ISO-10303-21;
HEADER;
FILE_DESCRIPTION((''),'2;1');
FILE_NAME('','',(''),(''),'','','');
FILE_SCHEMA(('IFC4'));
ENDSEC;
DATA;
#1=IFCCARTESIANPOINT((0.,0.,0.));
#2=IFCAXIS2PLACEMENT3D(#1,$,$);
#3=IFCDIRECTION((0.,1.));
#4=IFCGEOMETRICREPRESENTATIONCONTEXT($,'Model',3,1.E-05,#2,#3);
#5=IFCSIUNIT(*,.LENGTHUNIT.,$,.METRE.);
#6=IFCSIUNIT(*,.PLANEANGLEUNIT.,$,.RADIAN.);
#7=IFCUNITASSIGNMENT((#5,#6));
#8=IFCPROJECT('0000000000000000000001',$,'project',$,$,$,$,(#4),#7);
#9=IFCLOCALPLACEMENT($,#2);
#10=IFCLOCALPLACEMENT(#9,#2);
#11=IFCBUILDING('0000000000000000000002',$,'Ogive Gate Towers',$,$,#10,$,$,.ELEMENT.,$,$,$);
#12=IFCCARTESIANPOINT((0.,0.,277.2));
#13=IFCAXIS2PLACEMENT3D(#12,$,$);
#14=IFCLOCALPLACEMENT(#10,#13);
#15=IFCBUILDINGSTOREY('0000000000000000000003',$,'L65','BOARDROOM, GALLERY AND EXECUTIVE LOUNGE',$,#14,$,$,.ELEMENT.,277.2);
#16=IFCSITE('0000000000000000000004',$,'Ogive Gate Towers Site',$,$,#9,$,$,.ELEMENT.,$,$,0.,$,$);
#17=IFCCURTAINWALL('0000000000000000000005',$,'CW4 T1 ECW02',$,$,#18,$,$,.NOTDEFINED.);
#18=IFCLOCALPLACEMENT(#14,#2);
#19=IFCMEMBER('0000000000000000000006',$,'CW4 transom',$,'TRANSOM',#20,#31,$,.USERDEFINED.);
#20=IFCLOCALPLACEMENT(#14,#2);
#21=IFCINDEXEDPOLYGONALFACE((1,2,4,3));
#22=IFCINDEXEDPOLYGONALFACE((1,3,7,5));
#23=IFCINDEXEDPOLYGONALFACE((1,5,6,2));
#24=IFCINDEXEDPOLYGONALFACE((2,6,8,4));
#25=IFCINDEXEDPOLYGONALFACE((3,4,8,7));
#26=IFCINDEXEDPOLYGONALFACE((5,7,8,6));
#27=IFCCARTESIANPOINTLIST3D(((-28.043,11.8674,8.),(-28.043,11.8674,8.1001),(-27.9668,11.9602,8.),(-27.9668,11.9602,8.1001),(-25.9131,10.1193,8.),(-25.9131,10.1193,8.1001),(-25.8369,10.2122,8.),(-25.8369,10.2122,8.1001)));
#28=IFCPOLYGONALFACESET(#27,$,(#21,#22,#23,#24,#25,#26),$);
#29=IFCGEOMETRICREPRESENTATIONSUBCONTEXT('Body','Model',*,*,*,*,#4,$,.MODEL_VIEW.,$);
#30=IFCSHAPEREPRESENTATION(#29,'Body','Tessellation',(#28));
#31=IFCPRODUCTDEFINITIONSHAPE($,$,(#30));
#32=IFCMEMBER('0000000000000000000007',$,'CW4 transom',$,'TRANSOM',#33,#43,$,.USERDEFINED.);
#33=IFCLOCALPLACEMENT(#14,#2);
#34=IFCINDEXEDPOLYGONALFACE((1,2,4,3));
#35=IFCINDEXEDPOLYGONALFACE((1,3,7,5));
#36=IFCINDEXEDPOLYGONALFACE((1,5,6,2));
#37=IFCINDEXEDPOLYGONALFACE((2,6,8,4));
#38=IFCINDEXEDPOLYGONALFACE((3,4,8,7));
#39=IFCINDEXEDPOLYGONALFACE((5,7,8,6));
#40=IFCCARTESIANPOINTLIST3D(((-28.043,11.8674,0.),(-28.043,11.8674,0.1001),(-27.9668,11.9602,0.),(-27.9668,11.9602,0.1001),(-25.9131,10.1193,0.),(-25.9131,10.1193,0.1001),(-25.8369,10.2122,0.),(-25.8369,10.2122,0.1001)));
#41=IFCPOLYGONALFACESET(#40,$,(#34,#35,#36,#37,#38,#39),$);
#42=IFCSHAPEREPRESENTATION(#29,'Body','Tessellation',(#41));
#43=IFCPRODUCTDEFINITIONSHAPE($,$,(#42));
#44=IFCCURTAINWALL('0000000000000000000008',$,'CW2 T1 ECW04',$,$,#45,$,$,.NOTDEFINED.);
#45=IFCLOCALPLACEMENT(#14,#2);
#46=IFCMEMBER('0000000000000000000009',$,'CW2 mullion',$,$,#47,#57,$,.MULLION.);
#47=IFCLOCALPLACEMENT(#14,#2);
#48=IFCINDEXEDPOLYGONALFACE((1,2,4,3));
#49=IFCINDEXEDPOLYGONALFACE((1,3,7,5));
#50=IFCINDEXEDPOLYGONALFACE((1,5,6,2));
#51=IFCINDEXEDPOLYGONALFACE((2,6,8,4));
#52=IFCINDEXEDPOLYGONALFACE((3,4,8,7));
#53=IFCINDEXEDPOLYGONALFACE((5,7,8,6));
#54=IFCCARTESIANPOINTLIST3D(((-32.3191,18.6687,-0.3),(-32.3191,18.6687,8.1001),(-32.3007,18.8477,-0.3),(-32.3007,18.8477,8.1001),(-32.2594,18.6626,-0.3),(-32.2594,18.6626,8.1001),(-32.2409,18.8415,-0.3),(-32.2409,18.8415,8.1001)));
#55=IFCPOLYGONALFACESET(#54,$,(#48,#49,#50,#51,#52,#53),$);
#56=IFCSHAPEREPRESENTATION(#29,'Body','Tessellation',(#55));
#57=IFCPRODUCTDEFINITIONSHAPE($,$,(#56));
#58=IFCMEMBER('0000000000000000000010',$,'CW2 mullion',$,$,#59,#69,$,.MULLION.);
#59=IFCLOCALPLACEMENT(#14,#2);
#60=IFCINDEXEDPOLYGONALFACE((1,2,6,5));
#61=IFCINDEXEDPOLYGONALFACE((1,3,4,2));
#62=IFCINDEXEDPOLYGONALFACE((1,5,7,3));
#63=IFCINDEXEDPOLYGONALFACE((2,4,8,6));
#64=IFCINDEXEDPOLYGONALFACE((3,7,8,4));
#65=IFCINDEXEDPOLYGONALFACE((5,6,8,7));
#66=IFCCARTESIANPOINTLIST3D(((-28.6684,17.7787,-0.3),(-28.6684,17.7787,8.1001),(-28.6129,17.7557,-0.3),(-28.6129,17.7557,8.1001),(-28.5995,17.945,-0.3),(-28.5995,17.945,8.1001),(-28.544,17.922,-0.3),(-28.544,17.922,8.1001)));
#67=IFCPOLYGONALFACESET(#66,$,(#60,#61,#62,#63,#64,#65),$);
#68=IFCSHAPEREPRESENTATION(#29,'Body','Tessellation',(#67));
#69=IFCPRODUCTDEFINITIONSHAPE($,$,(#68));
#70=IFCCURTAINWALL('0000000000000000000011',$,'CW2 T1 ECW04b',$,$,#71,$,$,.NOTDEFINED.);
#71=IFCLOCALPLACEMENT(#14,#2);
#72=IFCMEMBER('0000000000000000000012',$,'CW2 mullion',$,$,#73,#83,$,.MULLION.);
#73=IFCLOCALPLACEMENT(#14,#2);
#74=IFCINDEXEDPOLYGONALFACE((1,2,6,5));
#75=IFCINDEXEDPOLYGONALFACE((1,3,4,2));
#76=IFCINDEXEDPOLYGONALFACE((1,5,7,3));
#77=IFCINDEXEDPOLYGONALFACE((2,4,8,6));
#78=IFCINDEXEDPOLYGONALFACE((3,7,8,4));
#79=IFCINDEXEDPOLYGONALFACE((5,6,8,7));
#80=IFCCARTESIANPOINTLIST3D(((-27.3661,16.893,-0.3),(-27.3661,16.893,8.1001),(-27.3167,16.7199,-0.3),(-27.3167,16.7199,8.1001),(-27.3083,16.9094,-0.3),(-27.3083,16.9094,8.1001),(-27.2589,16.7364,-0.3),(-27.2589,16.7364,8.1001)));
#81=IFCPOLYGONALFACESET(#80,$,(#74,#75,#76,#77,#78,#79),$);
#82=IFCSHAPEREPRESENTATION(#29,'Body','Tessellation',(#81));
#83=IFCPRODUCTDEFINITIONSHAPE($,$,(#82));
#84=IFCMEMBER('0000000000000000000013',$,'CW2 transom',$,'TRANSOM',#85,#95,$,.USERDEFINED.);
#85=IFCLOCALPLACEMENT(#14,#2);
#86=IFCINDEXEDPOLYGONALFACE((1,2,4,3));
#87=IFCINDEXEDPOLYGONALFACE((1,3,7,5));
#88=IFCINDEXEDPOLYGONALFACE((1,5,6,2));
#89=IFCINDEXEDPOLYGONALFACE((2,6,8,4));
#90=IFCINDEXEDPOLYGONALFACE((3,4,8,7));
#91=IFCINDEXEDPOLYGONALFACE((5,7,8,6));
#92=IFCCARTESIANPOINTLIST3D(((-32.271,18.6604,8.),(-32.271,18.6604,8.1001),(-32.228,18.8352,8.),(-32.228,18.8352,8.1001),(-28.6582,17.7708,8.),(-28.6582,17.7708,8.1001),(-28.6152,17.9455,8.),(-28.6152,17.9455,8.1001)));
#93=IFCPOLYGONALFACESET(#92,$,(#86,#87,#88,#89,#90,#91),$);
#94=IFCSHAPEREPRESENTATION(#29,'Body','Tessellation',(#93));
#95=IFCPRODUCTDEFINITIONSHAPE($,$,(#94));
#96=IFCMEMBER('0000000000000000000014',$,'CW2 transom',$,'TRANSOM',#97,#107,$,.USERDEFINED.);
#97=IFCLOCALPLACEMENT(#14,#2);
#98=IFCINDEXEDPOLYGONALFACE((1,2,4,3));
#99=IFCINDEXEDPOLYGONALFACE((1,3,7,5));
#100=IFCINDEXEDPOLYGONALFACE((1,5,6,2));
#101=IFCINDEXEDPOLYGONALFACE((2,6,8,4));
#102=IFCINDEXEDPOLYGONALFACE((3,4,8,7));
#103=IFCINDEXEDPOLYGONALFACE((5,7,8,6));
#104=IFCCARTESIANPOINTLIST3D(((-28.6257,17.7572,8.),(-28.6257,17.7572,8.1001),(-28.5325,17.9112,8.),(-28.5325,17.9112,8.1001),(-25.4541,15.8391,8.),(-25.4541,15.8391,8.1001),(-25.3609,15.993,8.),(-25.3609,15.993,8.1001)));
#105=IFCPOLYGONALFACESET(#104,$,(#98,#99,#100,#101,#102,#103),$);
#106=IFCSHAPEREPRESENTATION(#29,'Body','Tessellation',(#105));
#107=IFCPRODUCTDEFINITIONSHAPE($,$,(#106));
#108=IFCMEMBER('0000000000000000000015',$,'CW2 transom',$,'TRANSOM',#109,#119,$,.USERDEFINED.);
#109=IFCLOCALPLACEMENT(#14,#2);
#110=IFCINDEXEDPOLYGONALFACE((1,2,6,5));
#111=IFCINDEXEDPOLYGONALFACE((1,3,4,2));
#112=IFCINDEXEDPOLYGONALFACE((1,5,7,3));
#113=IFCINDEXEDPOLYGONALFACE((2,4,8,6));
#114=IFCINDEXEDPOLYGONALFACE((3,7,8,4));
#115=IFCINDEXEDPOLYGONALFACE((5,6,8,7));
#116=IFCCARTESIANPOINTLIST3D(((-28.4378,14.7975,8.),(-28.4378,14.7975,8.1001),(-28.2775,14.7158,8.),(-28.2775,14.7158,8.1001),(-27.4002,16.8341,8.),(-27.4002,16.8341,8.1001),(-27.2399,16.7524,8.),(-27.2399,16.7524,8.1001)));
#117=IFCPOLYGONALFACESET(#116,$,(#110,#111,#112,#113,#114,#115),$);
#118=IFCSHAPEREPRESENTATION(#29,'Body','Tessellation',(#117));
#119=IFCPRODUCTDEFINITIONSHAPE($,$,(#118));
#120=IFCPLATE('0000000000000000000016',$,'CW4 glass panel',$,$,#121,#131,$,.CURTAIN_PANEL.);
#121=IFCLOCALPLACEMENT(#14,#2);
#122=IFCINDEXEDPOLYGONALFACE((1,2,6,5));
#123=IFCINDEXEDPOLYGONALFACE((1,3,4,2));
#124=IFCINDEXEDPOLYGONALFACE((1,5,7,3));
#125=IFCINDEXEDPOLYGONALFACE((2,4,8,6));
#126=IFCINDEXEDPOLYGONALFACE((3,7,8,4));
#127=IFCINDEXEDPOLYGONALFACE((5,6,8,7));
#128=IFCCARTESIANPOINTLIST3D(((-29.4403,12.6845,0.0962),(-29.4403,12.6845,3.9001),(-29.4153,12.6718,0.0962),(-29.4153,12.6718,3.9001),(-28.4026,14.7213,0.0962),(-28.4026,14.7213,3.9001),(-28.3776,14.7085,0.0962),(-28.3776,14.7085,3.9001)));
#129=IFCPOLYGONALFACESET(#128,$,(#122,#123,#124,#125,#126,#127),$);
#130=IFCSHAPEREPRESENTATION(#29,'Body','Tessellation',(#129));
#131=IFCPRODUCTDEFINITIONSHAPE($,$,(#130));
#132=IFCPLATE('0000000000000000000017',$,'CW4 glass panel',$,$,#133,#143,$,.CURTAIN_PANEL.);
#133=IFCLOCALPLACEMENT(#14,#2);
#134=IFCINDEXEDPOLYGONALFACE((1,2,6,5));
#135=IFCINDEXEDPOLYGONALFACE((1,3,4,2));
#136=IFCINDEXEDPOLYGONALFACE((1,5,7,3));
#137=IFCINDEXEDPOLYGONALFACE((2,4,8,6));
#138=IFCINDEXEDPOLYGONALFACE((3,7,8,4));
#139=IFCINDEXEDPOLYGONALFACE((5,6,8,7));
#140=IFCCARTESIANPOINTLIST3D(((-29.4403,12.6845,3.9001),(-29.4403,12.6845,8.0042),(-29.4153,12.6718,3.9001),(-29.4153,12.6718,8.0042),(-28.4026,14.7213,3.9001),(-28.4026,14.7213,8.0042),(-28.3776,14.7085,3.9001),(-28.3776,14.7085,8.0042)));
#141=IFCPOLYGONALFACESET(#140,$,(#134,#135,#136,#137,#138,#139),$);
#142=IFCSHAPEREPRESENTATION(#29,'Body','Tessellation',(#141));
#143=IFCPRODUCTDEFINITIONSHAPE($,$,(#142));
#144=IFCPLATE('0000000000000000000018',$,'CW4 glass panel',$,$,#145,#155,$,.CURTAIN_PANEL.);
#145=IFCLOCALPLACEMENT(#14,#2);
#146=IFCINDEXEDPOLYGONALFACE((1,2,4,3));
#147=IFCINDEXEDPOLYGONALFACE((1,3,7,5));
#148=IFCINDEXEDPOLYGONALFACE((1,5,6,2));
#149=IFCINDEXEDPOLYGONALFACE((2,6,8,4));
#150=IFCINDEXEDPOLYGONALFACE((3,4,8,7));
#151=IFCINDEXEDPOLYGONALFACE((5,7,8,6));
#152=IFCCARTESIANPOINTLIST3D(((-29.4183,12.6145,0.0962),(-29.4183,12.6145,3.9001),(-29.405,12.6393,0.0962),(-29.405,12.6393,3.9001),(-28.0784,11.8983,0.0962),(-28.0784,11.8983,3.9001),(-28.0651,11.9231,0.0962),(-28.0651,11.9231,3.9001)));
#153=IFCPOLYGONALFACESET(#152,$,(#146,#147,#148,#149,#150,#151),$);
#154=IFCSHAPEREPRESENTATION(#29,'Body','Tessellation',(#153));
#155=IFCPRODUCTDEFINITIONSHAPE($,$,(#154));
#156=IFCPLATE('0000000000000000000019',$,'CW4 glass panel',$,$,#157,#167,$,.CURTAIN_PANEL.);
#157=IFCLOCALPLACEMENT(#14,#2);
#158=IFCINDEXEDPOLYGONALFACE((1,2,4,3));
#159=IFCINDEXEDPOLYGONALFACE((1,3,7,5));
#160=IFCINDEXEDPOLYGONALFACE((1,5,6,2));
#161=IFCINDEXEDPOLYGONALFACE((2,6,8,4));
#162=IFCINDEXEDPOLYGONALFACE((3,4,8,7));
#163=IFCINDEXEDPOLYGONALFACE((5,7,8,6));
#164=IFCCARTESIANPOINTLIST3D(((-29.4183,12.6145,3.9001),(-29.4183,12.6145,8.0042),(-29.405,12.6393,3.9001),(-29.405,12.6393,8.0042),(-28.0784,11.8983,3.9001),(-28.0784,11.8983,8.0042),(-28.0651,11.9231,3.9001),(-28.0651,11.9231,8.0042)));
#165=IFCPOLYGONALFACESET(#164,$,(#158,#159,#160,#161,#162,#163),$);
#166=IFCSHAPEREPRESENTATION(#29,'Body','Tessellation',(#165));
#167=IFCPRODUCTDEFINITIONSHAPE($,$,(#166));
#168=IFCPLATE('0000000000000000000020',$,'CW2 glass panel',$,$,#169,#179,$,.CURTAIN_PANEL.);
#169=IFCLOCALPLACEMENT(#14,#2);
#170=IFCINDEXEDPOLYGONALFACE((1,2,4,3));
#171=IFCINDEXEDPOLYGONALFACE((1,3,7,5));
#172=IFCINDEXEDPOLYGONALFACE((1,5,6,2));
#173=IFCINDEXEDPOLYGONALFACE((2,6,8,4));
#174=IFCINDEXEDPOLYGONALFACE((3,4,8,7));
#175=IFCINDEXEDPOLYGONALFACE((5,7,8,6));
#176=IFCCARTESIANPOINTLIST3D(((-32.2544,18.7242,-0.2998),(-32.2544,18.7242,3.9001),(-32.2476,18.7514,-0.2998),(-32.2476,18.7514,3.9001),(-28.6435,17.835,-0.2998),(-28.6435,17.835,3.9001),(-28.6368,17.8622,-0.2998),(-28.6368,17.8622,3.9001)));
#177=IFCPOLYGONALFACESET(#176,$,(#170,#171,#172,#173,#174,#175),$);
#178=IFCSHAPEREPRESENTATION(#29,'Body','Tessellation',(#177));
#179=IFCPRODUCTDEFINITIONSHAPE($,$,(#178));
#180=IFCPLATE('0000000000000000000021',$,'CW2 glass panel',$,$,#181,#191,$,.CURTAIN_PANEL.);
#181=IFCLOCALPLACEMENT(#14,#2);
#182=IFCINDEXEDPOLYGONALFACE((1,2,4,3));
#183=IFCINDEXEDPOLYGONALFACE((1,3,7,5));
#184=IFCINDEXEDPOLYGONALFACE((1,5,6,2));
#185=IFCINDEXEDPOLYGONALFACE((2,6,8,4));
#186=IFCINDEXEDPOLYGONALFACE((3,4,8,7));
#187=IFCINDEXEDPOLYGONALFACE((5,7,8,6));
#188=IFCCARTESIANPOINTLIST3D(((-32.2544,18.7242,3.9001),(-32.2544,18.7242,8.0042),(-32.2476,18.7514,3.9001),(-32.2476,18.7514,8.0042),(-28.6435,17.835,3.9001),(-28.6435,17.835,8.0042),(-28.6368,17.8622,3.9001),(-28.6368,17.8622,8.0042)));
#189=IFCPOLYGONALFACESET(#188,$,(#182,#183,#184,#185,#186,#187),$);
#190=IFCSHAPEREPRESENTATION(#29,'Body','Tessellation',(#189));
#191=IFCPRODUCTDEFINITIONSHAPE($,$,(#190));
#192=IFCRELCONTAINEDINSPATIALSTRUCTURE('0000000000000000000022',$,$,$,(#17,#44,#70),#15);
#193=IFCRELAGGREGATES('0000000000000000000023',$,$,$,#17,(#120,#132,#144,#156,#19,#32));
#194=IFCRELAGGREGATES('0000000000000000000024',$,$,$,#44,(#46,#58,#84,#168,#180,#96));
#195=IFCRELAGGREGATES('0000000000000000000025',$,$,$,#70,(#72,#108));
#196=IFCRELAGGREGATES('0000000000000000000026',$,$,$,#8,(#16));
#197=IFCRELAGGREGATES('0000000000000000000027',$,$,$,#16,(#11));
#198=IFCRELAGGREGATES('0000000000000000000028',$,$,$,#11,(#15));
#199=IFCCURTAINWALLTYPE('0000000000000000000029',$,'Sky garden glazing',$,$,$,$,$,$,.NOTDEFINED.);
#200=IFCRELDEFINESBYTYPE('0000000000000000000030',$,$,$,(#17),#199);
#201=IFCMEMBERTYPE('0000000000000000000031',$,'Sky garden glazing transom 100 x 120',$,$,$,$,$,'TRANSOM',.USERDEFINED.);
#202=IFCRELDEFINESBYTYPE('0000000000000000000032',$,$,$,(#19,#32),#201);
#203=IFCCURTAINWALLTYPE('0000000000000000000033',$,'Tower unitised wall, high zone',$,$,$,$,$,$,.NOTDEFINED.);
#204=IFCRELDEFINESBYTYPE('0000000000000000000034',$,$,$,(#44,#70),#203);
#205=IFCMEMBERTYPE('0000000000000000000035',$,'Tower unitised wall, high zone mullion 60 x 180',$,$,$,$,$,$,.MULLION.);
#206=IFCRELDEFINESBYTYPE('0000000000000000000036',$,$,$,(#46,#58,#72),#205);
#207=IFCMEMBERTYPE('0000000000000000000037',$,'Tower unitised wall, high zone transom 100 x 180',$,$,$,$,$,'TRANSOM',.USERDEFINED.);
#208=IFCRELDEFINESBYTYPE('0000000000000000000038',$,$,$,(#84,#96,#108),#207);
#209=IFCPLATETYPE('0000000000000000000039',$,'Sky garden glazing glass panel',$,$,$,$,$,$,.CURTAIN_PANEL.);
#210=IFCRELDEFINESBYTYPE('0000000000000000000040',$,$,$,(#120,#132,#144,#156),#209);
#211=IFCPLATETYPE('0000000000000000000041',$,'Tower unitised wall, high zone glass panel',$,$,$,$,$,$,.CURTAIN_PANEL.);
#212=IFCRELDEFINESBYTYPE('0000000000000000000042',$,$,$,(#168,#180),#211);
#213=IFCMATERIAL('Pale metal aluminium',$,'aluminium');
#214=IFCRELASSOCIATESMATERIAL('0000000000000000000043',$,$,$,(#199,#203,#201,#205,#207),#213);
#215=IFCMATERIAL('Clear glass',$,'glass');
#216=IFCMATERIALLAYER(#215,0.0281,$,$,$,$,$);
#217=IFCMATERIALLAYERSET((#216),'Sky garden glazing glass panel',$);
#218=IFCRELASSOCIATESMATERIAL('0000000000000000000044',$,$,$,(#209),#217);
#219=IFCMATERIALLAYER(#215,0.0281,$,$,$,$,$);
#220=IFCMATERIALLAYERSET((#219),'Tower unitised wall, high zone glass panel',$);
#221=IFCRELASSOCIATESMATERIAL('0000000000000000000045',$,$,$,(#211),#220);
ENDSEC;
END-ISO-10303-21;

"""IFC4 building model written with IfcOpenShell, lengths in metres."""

from ifc_helpers import new_model, si_unit, direction, frame, origin, origin_2d, place, context, subcontext, project, spatial, rectangle, extrude, material, layer, layer_set, material_profile, profile_set, type_object, element, aggregate, save


model = new_model("IFC4")

# Units and contexts
model_context = context("Model", 3, precision=1e-05, world=origin(), true_north=direction((0.0, 1.0)))
body_context = subcontext(model_context, "Body", "Model", "MODEL_VIEW")
ifc_project = project(units=[si_unit("LENGTHUNIT", "METRE"), si_unit("PLANEANGLEUNIT", "RADIAN")], contexts=[model_context])

# Site, building, storey
site_placement = place(None, origin())
site = spatial("IfcSite", under=ifc_project, at=site_placement, Name="Ogive Gate Towers Site", CompositionType="ELEMENT", RefElevation=0.0)
building_placement = place(site_placement, origin())
building = spatial("IfcBuilding", under=site, at=building_placement, Name="Ogive Gate Towers", CompositionType="ELEMENT")
storey_placement = place(building_placement, frame((0.0, 0.0, 277.2)))
storey = spatial("IfcBuildingStorey", under=building, at=storey_placement, Name="L65", Description="BOARDROOM, GALLERY AND EXECUTIVE LOUNGE", CompositionType="ELEMENT", Elevation=277.2)

# Curtain walls, members
ifc_material_1 = material(Name="Pale metal aluminium", Category="aluminium")
curtain_wall_type_1 = type_object("IfcCurtainWallType", Name="Sky garden glazing", PredefinedType="NOTDEFINED", material=ifc_material_1)
curtain_wall_1_placement = place(storey_placement, origin())
curtain_wall_1 = element("IfcCurtainWall", 1, at=curtain_wall_1_placement, inside=storey, type_object=curtain_wall_type_1, Name="CW4 T1 ECW02", PredefinedType="NOTDEFINED")
ifc_material_profile_1 = material_profile(ifc_material_1, rectangle(XDim=0.1201, YDim=0.1001, at=origin_2d()), Name="100 x 120 aluminium box")
ifc_profile_set_1 = profile_set([ifc_material_profile_1], Name="Pale metal aluminium")
member_type_1 = type_object("IfcMemberType", Name="Sky garden glazing transom 100 x 120", ElementType="TRANSOM", PredefinedType="USERDEFINED", material=ifc_profile_set_1)
member_1_placement = place(storey_placement, frame((-28.0049, 11.9138, 8.05), z_axis=(0.772993, -0.634414, 0.0), x_axis=(0.634414, 0.772993, 0.0)))
member_1 = element("IfcMember", 2, at=member_1_placement, type_object=member_type_1, Name="CW4 transom", ObjectType="TRANSOM", PredefinedType="USERDEFINED", context=body_context, shape_type="SweptSolid", body=[
    extrude(rectangle(XDim=0.1201, YDim=0.1001, at=origin_2d()), origin(), (0.0, 0.0, 1.0), 2.7554),
])
member_2_placement = place(storey_placement, frame((-28.0049, 11.9138, 0.05), z_axis=(0.772993, -0.634414, 0.0), x_axis=(0.634414, 0.772993, 0.0)))
member_2 = element("IfcMember", 3, at=member_2_placement, type_object=member_type_1, Name="CW4 transom", ObjectType="TRANSOM", PredefinedType="USERDEFINED", context=body_context, shape_type="SweptSolid", body=[
    extrude(rectangle(XDim=0.1201, YDim=0.1001, at=origin_2d()), origin(), (0.0, 0.0, 1.0), 2.7554),
])
curtain_wall_type_2 = type_object("IfcCurtainWallType", Name="Tower unitised wall, high zone", PredefinedType="NOTDEFINED", material=ifc_material_1)
curtain_wall_2_placement = place(storey_placement, origin())
curtain_wall_2 = element("IfcCurtainWall", 4, at=curtain_wall_2_placement, inside=storey, type_object=curtain_wall_type_2, Name="CW2 T1 ECW04", PredefinedType="NOTDEFINED")
ifc_material_profile_2 = material_profile(ifc_material_1, rectangle(XDim=0.1799, YDim=0.0601, at=origin_2d()), Name="60 x 180 aluminium box")
ifc_profile_set_2 = profile_set([ifc_material_profile_2], Name="Pale metal aluminium")
member_type_2 = type_object("IfcMemberType", Name="Tower unitised wall, high zone mullion 60 x 180", PredefinedType="MULLION", material=ifc_profile_set_2)
member_3_placement = place(storey_placement, frame((-32.28, 18.7551, -0.3), z_axis=(0.0, 0.0, 1.0), x_axis=(-0.102393, -0.994744, 0.0)))
member_3 = element("IfcMember", 5, at=member_3_placement, type_object=member_type_2, Name="CW2 mullion", PredefinedType="MULLION", context=body_context, shape_type="SweptSolid", body=[
    extrude(rectangle(XDim=0.1799, YDim=0.0601, at=origin_2d()), origin(), (0.0, 0.0, 1.0), 8.4001),
])
member_4_placement = place(storey_placement, frame((-28.6062, 17.8503, -0.3), z_axis=(0.0, 0.0, 1.0), x_axis=(-0.382683, -0.92388, 0.0)))
member_4 = element("IfcMember", 6, at=member_4_placement, type_object=member_type_2, Name="CW2 mullion", PredefinedType="MULLION", context=body_context, shape_type="SweptSolid", body=[
    extrude(rectangle(XDim=0.1799, YDim=0.0601, at=origin_2d()), origin(), (0.0, 0.0, 1.0), 8.4001),
])

# Curtain wall, member
curtain_wall_3_placement = place(storey_placement, origin())
curtain_wall_3 = element("IfcCurtainWall", 7, at=curtain_wall_3_placement, inside=storey, type_object=curtain_wall_type_2, Name="CW2 T1 ECW04b", PredefinedType="NOTDEFINED")
member_5_placement = place(storey_placement, frame((-27.3125, 16.8147, -0.3), z_axis=(0.0, 0.0, 1.0), x_axis=(-0.274245, 0.96166, 0.0)))
member_5 = element("IfcMember", 8, at=member_5_placement, type_object=member_type_2, Name="CW2 mullion", PredefinedType="MULLION", context=body_context, shape_type="SweptSolid", body=[
    extrude(rectangle(XDim=0.1799, YDim=0.0601, at=origin_2d()), origin(), (0.0, 0.0, 1.0), 8.4001),
])

# Members
ifc_material_profile_3 = material_profile(ifc_material_1, rectangle(XDim=0.1799, YDim=0.1001, at=origin_2d()), Name="100 x 180 aluminium box")
ifc_profile_set_3 = profile_set([ifc_material_profile_3], Name="Pale metal aluminium")
member_type_3 = type_object("IfcMemberType", Name="Tower unitised wall, high zone transom 100 x 180", ElementType="TRANSOM", PredefinedType="USERDEFINED", material=ifc_profile_set_3)
member_6_placement = place(storey_placement, frame((-32.2495, 18.7478, 8.05), z_axis=(0.970993, -0.239107, 0.0), x_axis=(0.239107, 0.970993, 0.0)))
member_6 = element("IfcMember", 9, at=member_6_placement, type_object=member_type_3, Name="CW2 transom", ObjectType="TRANSOM", PredefinedType="USERDEFINED", context=body_context, shape_type="SweptSolid", body=[
    extrude(rectangle(XDim=0.1799, YDim=0.1001, at=origin_2d()), origin(), (0.0, 0.0, 1.0), 3.7207),
])
member_7_placement = place(storey_placement, frame((-28.5791, 17.8342, 8.05), z_axis=(0.855674, -0.517515, 0.0), x_axis=(0.517515, 0.855674, 0.0)))
member_7 = element("IfcMember", 10, at=member_7_placement, type_object=member_type_3, Name="CW2 transom", ObjectType="TRANSOM", PredefinedType="USERDEFINED", context=body_context, shape_type="SweptSolid", body=[
    extrude(rectangle(XDim=0.1799, YDim=0.1001, at=origin_2d()), origin(), (0.0, 0.0, 1.0), 3.7065),
])
member_8_placement = place(storey_placement, frame((-27.3201, 16.7932, 8.05), z_axis=(-0.453951, -0.891026, 0.0), x_axis=(0.891026, -0.453951, 0.0)))
member_8 = element("IfcMember", 11, at=member_8_placement, type_object=member_type_3, Name="CW2 transom", ObjectType="TRANSOM", PredefinedType="USERDEFINED", context=body_context, shape_type="SweptSolid", body=[
    extrude(rectangle(XDim=0.1799, YDim=0.1001, at=origin_2d()), origin(), (0.0, 0.0, 1.0), 2.2856),
])

# Plates
ifc_material_2 = material(Name="Clear glass", Category="glass")
ifc_layer_1 = layer(ifc_material_2, 0.0281)
ifc_layer_set_1 = layer_set([ifc_layer_1], Name="Sky garden glazing glass panel")
plate_type_1 = type_object("IfcPlateType", Name="Sky garden glazing glass panel", PredefinedType="CURTAIN_PANEL", material=ifc_layer_set_1)
plate_1_placement = place(storey_placement, frame((-28.9089, 13.6965, 0.0962), z_axis=(0.0, 0.0, 1.0), x_axis=(-0.453975, -0.891014, 0.0)))
plate_1 = element("IfcPlate", 12, at=plate_1_placement, type_object=plate_type_1, Name="CW4 glass panel", PredefinedType="CURTAIN_PANEL", context=body_context, shape_type="SweptSolid", body=[
    extrude(rectangle(XDim=2.2859, YDim=0.0281, at=origin_2d()), origin(), (0.0, 0.0, 1.0), 3.804),
])
plate_2_placement = place(storey_placement, frame((-28.9089, 13.6965, 3.9001), z_axis=(0.0, 0.0, 1.0), x_axis=(-0.453975, -0.891014, 0.0)))
plate_2 = element("IfcPlate", 13, at=plate_2_placement, type_object=plate_type_1, Name="CW4 glass panel", PredefinedType="CURTAIN_PANEL", context=body_context, shape_type="SweptSolid", body=[
    extrude(rectangle(XDim=2.2859, YDim=0.0281, at=origin_2d()), origin(), (0.0, 0.0, 1.0), 4.104),
])
plate_3_placement = place(storey_placement, frame((-28.7417, 12.2688, 0.0962), z_axis=(0.0, 0.0, 1.0), x_axis=(0.881921, -0.471397, 0.0)))
plate_3 = element("IfcPlate", 14, at=plate_3_placement, type_object=plate_type_1, Name="CW4 glass panel", PredefinedType="CURTAIN_PANEL", context=body_context, shape_type="SweptSolid", body=[
    extrude(rectangle(XDim=1.5193, YDim=0.0281, at=origin_2d()), origin(), (0.0, 0.0, 1.0), 3.804),
])
plate_4_placement = place(storey_placement, frame((-28.7417, 12.2688, 3.9001), z_axis=(0.0, 0.0, 1.0), x_axis=(0.881921, -0.471397, 0.0)))
plate_4 = element("IfcPlate", 15, at=plate_4_placement, type_object=plate_type_1, Name="CW4 glass panel", PredefinedType="CURTAIN_PANEL", context=body_context, shape_type="SweptSolid", body=[
    extrude(rectangle(XDim=1.5193, YDim=0.0281, at=origin_2d()), origin(), (0.0, 0.0, 1.0), 4.104),
])
aggregate(curtain_wall_1, [plate_1, plate_2, plate_3, plate_4, member_1, member_2])
ifc_layer_2 = layer(ifc_material_2, 0.0281)
ifc_layer_set_2 = layer_set([ifc_layer_2], Name="Tower unitised wall, high zone glass panel")
plate_type_2 = type_object("IfcPlateType", Name="Tower unitised wall, high zone glass panel", PredefinedType="CURTAIN_PANEL", material=ifc_layer_set_2)
plate_5_placement = place(storey_placement, frame((-30.4456, 18.2932, -0.2998), z_axis=(0.0, 0.0, 1.0), x_axis=(0.970993, -0.23911, 0.0)))
plate_5 = element("IfcPlate", 16, at=plate_5_placement, type_object=plate_type_2, Name="CW2 glass panel", PredefinedType="CURTAIN_PANEL", context=body_context, shape_type="SweptSolid", body=[
    extrude(rectangle(XDim=3.7188, YDim=0.0281, at=origin_2d()), origin(), (0.0, 0.0, 1.0), 4.2),
])
plate_6_placement = place(storey_placement, frame((-30.4456, 18.2932, 3.9001), z_axis=(0.0, 0.0, 1.0), x_axis=(0.970993, -0.23911, 0.0)))
plate_6 = element("IfcPlate", 17, at=plate_6_placement, type_object=plate_type_2, Name="CW2 glass panel", PredefinedType="CURTAIN_PANEL", context=body_context, shape_type="SweptSolid", body=[
    extrude(rectangle(XDim=3.7188, YDim=0.0281, at=origin_2d()), origin(), (0.0, 0.0, 1.0), 4.104),
])
aggregate(curtain_wall_2, [member_3, member_4, member_6, plate_5, plate_6, member_7])
aggregate(curtain_wall_3, [member_5, member_8])

save(model, "model.ifc")
